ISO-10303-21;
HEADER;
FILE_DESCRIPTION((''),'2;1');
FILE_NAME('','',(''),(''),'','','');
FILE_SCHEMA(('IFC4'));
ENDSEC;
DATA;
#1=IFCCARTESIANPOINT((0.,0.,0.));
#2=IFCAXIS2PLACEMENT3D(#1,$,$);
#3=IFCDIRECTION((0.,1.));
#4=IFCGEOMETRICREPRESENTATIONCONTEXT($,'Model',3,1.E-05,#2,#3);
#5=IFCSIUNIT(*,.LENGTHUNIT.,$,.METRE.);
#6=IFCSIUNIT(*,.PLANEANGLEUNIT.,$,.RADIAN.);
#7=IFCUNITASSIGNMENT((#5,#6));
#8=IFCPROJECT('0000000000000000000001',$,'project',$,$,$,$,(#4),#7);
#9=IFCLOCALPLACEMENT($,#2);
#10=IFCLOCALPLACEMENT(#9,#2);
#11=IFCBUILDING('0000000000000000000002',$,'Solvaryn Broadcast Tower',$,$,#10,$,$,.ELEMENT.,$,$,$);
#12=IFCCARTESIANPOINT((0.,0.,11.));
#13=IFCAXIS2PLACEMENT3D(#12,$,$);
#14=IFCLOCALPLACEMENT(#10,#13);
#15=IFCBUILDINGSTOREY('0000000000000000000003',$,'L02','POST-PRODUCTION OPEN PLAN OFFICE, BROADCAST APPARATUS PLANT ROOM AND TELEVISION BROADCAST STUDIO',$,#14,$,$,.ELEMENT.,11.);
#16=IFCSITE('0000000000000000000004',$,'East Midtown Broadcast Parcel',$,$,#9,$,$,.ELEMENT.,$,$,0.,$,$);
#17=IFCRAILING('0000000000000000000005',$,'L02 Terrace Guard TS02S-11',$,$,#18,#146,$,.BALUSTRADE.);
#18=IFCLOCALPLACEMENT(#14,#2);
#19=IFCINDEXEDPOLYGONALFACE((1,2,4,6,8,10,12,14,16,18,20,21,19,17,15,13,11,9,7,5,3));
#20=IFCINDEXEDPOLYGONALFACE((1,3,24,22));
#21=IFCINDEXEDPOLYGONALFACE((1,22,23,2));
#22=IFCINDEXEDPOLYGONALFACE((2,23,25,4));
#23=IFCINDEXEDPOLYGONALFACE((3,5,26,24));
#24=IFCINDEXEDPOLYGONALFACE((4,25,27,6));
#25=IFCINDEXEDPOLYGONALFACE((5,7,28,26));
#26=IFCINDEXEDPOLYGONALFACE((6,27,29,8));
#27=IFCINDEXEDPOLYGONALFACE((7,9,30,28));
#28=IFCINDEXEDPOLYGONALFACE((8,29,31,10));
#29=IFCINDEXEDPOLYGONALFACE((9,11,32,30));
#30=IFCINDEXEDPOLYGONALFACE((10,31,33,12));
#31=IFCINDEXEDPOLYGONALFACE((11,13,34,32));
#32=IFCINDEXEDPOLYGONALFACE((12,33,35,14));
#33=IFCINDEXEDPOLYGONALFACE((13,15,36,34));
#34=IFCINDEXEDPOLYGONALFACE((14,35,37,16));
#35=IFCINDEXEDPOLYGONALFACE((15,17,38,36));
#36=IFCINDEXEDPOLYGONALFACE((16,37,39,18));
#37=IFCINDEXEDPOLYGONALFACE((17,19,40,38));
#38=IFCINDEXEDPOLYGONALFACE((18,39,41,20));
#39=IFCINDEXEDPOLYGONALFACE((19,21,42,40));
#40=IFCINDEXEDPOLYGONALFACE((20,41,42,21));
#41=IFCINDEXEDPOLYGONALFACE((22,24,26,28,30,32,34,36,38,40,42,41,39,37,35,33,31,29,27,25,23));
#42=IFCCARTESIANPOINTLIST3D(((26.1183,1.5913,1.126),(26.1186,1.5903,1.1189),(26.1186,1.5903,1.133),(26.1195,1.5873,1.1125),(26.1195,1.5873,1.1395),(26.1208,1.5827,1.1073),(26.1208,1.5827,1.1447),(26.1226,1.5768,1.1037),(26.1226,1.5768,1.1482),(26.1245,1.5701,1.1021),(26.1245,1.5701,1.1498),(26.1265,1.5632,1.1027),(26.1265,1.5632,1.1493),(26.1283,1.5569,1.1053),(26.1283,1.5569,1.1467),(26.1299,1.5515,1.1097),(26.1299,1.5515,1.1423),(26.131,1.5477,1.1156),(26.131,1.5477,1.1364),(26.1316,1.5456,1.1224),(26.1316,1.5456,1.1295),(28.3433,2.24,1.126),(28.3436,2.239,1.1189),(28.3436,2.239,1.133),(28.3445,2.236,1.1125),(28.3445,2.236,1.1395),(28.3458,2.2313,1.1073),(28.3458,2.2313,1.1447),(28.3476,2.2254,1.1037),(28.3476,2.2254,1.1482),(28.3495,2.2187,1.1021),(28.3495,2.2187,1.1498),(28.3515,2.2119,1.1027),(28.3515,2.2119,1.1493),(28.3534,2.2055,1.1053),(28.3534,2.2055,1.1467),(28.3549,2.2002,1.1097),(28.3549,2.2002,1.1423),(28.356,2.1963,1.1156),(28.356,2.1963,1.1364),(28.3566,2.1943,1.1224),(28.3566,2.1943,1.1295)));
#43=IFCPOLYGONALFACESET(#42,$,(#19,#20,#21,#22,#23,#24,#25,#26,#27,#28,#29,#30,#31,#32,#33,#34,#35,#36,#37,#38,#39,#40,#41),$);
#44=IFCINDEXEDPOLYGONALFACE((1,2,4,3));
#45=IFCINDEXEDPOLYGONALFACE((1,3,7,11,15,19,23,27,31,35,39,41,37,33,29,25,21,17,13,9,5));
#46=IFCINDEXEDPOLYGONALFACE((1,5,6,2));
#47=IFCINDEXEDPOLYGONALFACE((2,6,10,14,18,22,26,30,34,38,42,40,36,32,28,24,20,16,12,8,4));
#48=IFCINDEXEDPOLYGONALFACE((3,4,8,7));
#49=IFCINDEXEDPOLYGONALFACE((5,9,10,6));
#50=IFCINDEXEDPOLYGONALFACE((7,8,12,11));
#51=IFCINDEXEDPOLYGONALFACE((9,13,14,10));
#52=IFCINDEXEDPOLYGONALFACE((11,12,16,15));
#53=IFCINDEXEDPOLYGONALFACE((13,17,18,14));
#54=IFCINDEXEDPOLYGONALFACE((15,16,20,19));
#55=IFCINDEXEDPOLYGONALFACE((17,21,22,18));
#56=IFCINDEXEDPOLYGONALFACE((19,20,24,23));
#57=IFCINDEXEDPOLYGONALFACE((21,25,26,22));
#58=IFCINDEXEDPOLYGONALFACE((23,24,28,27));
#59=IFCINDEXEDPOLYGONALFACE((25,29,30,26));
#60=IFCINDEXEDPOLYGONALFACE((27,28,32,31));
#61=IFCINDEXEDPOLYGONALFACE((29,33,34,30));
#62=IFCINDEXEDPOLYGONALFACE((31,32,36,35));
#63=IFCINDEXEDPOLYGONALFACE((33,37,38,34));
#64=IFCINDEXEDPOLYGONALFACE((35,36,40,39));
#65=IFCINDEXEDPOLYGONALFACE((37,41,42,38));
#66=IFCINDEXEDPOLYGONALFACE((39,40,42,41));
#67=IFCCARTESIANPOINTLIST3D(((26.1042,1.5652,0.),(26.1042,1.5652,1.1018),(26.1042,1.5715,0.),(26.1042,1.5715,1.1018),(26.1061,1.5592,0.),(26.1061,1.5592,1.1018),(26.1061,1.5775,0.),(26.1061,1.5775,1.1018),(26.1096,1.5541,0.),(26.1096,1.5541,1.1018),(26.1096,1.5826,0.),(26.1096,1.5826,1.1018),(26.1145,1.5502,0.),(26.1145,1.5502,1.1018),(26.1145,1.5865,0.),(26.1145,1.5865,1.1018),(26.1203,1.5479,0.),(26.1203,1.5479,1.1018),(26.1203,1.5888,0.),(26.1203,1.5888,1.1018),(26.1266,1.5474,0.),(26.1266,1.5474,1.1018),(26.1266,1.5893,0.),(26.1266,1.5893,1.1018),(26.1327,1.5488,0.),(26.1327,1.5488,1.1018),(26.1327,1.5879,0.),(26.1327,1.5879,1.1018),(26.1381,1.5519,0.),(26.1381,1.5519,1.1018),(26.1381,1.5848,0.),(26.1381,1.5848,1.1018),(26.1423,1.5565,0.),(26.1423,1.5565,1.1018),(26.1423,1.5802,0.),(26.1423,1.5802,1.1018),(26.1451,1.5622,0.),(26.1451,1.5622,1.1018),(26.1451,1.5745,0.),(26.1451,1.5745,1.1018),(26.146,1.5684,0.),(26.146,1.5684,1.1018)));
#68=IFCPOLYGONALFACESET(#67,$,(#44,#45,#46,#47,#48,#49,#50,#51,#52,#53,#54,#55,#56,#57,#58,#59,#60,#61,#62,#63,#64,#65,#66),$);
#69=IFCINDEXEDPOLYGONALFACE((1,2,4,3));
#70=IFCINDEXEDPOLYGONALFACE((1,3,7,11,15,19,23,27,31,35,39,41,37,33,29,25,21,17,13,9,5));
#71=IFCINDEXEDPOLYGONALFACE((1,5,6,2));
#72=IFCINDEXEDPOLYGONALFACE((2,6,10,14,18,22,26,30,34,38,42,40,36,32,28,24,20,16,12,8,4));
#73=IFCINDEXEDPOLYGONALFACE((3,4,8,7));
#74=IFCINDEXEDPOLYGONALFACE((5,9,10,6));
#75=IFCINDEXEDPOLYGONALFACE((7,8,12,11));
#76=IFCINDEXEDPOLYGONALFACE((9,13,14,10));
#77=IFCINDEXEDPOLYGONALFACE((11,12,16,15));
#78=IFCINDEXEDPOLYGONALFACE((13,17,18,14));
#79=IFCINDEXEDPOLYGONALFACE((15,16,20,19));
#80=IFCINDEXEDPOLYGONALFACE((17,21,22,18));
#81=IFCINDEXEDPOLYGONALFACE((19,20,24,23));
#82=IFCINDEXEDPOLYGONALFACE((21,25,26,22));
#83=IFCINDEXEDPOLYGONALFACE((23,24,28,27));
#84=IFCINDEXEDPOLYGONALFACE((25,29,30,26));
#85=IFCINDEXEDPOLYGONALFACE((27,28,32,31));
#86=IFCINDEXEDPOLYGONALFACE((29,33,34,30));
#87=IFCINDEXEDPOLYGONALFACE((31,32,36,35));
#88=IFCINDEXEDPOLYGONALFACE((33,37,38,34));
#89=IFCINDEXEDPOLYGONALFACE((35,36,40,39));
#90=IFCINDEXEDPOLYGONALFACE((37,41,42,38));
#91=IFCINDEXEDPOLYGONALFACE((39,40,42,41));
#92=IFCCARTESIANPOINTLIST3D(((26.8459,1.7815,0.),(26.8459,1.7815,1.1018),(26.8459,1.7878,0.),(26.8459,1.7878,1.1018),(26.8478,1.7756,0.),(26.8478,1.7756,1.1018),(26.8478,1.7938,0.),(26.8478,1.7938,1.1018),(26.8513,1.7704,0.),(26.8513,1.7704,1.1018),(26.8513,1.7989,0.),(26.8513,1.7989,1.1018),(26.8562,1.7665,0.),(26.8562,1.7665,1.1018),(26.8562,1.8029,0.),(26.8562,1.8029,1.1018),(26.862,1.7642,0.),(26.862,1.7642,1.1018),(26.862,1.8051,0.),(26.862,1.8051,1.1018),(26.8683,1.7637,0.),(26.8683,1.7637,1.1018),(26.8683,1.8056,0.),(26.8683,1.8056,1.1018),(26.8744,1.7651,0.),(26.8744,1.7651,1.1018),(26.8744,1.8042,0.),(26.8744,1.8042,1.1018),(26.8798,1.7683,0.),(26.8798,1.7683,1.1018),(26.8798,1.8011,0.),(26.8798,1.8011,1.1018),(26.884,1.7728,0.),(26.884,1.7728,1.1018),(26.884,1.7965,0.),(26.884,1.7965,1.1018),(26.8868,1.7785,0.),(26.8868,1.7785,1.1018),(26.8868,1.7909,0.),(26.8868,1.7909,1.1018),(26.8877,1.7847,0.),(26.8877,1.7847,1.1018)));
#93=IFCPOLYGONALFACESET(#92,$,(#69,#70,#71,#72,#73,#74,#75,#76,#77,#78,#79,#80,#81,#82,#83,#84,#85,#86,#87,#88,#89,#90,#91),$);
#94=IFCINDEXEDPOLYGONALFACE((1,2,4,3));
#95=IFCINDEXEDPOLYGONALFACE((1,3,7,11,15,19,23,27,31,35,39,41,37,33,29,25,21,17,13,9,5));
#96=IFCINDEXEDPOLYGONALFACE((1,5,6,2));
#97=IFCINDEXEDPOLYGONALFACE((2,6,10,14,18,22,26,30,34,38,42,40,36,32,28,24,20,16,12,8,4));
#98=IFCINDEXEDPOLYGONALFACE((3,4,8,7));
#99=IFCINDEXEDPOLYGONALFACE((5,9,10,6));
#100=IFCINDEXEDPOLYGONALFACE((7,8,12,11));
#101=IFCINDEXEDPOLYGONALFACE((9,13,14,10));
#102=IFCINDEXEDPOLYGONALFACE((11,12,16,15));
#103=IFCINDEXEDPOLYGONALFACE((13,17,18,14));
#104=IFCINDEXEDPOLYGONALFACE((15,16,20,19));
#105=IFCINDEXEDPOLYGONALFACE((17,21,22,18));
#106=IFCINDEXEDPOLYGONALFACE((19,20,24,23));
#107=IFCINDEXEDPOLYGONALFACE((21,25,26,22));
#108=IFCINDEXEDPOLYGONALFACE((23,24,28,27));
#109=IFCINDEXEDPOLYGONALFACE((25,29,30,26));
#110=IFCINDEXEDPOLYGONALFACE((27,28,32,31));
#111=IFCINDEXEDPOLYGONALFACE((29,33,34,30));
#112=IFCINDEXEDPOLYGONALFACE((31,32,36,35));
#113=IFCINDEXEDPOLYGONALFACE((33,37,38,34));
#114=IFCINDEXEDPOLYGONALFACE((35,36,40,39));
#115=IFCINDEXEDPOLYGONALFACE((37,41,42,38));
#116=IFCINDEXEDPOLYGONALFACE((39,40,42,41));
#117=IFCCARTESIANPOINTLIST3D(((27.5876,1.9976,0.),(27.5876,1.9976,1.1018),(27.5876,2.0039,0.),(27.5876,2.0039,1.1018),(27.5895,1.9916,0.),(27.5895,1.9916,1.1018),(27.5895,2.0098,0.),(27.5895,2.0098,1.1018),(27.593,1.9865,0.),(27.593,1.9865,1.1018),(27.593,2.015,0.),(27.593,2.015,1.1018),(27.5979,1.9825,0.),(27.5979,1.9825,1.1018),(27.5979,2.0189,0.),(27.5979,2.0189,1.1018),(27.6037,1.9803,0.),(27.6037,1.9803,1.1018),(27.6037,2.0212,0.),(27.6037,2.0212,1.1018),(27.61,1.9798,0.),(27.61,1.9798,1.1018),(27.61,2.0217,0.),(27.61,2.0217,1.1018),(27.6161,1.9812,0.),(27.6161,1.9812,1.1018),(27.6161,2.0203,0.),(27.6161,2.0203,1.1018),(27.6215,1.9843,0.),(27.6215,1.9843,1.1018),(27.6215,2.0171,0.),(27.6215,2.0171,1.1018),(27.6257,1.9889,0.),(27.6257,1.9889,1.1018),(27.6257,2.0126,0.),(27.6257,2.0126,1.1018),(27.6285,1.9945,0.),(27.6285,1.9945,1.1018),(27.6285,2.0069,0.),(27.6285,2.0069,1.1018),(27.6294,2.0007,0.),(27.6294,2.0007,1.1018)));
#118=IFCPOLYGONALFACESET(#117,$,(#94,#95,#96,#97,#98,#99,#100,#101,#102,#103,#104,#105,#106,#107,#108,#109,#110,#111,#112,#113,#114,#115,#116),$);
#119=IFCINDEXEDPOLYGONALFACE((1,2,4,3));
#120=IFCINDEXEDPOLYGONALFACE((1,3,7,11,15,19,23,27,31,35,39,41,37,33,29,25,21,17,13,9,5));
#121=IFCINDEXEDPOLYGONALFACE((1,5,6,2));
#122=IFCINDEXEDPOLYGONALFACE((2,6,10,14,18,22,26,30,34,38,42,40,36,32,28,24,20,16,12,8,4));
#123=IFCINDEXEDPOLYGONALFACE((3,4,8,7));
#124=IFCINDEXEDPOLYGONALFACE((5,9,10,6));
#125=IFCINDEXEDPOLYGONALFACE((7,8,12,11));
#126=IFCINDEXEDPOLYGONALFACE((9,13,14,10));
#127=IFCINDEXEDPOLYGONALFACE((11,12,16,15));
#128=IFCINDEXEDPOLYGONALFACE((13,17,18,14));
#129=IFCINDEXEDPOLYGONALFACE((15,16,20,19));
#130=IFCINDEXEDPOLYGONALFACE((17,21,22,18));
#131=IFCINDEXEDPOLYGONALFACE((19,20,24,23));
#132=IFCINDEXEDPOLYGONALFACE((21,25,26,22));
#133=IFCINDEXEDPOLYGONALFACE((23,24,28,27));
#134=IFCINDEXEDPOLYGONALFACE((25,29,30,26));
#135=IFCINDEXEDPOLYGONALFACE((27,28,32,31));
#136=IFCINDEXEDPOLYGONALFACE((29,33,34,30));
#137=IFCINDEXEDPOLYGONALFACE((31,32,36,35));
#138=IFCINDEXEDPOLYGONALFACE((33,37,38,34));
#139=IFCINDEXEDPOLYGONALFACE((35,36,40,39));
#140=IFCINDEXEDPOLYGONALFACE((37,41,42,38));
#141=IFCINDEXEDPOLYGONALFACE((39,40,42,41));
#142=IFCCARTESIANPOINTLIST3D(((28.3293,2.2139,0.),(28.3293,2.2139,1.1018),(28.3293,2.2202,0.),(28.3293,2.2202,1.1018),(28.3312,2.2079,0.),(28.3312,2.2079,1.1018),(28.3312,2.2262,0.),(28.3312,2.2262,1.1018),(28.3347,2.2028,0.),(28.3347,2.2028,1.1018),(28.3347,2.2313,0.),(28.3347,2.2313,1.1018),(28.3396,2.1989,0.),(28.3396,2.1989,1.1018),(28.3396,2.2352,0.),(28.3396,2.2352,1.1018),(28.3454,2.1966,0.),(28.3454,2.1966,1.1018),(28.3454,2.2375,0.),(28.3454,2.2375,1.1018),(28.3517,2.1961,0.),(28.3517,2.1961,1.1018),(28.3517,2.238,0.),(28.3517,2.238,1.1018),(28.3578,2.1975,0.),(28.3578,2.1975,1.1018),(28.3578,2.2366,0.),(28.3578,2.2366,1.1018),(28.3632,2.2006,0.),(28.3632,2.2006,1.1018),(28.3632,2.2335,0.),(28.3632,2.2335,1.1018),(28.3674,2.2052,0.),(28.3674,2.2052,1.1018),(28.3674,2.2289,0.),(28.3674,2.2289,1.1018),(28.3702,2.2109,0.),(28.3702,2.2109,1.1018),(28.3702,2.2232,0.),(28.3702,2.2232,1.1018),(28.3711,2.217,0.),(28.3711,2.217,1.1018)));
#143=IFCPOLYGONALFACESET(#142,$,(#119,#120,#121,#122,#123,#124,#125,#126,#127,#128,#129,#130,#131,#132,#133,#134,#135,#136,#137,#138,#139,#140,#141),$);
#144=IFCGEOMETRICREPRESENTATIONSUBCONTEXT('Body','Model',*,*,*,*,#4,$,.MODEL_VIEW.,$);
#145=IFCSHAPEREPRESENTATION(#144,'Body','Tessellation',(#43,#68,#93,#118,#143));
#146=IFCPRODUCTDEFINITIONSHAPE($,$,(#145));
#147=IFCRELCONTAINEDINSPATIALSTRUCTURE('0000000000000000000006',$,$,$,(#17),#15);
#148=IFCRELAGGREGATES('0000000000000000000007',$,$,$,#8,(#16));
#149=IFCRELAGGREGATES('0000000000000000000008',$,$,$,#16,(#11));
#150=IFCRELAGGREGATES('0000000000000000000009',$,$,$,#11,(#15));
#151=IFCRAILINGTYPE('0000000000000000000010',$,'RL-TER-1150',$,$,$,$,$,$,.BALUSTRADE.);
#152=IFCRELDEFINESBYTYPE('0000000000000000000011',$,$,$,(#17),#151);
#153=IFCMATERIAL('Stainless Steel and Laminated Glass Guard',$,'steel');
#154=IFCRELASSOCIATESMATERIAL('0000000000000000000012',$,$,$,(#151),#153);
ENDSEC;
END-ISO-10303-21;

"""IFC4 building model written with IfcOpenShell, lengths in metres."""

from ifc_helpers import new_model, si_unit, direction, frame, origin, origin_2d, place, context, subcontext, project, spatial, circle, extrude, material, type_object, element, save


model = new_model("IFC4")

# Units and contexts
model_context = context("Model", 3, precision=1e-05, world=origin(), true_north=direction((0.0, 1.0)))
body_context = subcontext(model_context, "Body", "Model", "MODEL_VIEW")
ifc_project = project(units=[si_unit("LENGTHUNIT", "METRE"), si_unit("PLANEANGLEUNIT", "RADIAN")], contexts=[model_context])

# Site, building, storey
site_placement = place(None, origin())
site = spatial("IfcSite", under=ifc_project, at=site_placement, Name="East Midtown Broadcast Parcel", CompositionType="ELEMENT", RefElevation=0.0)
building_placement = place(site_placement, origin())
building = spatial("IfcBuilding", under=site, at=building_placement, Name="Solvaryn Broadcast Tower", CompositionType="ELEMENT")
storey_placement = place(building_placement, frame((0.0, 0.0, 11.0)))
storey = spatial("IfcBuildingStorey", under=building, at=storey_placement, Name="L02", Description="POST-PRODUCTION OPEN PLAN OFFICE, BROADCAST APPARATUS PLANT ROOM AND TELEVISION BROADCAST STUDIO", CompositionType="ELEMENT", Elevation=11.0)

# Railing
ifc_material_1 = material(Name="Stainless Steel and Laminated Glass Guard", Category="steel")
railing_type = type_object("IfcRailingType", Name="RL-TER-1150", PredefinedType="BALUSTRADE", material=ifc_material_1)
railing_1_placement = place(storey_placement, frame((26.125, 1.5684, 0.0)))
element("IfcRailing", 1, at=railing_1_placement, inside=storey, type_object=railing_type, Name="L02 Terrace Guard TS02S-11", PredefinedType="BALUSTRADE", context=body_context, shape_type="SweptSolid", body=[
    extrude(circle(Radius=0.0239, at=origin_2d()), frame((0.0, 0.0, 1.126), z_axis=(0.960035, 0.279879, 0.0), x_axis=(-0.279879, 0.960035, 0.0)), (0.0, 0.0, 1.0), 2.3176),
    extrude(circle(Radius=0.021, at=origin_2d()), origin(), (0.0, 0.0, 1.0), 1.1018),
    extrude(circle(Radius=0.021, at=origin_2d()), frame((0.7417, 0.2163, 0.0)), (0.0, 0.0, 1.0), 1.1018),
    extrude(circle(Radius=0.021, at=origin_2d()), frame((1.4834, 0.4324, 0.0)), (0.0, 0.0, 1.0), 1.1018),
    extrude(circle(Radius=0.021, at=origin_2d()), frame((2.2251, 0.6487, 0.0)), (0.0, 0.0, 1.0), 1.1018),
])

save(model, "model.ifc")
